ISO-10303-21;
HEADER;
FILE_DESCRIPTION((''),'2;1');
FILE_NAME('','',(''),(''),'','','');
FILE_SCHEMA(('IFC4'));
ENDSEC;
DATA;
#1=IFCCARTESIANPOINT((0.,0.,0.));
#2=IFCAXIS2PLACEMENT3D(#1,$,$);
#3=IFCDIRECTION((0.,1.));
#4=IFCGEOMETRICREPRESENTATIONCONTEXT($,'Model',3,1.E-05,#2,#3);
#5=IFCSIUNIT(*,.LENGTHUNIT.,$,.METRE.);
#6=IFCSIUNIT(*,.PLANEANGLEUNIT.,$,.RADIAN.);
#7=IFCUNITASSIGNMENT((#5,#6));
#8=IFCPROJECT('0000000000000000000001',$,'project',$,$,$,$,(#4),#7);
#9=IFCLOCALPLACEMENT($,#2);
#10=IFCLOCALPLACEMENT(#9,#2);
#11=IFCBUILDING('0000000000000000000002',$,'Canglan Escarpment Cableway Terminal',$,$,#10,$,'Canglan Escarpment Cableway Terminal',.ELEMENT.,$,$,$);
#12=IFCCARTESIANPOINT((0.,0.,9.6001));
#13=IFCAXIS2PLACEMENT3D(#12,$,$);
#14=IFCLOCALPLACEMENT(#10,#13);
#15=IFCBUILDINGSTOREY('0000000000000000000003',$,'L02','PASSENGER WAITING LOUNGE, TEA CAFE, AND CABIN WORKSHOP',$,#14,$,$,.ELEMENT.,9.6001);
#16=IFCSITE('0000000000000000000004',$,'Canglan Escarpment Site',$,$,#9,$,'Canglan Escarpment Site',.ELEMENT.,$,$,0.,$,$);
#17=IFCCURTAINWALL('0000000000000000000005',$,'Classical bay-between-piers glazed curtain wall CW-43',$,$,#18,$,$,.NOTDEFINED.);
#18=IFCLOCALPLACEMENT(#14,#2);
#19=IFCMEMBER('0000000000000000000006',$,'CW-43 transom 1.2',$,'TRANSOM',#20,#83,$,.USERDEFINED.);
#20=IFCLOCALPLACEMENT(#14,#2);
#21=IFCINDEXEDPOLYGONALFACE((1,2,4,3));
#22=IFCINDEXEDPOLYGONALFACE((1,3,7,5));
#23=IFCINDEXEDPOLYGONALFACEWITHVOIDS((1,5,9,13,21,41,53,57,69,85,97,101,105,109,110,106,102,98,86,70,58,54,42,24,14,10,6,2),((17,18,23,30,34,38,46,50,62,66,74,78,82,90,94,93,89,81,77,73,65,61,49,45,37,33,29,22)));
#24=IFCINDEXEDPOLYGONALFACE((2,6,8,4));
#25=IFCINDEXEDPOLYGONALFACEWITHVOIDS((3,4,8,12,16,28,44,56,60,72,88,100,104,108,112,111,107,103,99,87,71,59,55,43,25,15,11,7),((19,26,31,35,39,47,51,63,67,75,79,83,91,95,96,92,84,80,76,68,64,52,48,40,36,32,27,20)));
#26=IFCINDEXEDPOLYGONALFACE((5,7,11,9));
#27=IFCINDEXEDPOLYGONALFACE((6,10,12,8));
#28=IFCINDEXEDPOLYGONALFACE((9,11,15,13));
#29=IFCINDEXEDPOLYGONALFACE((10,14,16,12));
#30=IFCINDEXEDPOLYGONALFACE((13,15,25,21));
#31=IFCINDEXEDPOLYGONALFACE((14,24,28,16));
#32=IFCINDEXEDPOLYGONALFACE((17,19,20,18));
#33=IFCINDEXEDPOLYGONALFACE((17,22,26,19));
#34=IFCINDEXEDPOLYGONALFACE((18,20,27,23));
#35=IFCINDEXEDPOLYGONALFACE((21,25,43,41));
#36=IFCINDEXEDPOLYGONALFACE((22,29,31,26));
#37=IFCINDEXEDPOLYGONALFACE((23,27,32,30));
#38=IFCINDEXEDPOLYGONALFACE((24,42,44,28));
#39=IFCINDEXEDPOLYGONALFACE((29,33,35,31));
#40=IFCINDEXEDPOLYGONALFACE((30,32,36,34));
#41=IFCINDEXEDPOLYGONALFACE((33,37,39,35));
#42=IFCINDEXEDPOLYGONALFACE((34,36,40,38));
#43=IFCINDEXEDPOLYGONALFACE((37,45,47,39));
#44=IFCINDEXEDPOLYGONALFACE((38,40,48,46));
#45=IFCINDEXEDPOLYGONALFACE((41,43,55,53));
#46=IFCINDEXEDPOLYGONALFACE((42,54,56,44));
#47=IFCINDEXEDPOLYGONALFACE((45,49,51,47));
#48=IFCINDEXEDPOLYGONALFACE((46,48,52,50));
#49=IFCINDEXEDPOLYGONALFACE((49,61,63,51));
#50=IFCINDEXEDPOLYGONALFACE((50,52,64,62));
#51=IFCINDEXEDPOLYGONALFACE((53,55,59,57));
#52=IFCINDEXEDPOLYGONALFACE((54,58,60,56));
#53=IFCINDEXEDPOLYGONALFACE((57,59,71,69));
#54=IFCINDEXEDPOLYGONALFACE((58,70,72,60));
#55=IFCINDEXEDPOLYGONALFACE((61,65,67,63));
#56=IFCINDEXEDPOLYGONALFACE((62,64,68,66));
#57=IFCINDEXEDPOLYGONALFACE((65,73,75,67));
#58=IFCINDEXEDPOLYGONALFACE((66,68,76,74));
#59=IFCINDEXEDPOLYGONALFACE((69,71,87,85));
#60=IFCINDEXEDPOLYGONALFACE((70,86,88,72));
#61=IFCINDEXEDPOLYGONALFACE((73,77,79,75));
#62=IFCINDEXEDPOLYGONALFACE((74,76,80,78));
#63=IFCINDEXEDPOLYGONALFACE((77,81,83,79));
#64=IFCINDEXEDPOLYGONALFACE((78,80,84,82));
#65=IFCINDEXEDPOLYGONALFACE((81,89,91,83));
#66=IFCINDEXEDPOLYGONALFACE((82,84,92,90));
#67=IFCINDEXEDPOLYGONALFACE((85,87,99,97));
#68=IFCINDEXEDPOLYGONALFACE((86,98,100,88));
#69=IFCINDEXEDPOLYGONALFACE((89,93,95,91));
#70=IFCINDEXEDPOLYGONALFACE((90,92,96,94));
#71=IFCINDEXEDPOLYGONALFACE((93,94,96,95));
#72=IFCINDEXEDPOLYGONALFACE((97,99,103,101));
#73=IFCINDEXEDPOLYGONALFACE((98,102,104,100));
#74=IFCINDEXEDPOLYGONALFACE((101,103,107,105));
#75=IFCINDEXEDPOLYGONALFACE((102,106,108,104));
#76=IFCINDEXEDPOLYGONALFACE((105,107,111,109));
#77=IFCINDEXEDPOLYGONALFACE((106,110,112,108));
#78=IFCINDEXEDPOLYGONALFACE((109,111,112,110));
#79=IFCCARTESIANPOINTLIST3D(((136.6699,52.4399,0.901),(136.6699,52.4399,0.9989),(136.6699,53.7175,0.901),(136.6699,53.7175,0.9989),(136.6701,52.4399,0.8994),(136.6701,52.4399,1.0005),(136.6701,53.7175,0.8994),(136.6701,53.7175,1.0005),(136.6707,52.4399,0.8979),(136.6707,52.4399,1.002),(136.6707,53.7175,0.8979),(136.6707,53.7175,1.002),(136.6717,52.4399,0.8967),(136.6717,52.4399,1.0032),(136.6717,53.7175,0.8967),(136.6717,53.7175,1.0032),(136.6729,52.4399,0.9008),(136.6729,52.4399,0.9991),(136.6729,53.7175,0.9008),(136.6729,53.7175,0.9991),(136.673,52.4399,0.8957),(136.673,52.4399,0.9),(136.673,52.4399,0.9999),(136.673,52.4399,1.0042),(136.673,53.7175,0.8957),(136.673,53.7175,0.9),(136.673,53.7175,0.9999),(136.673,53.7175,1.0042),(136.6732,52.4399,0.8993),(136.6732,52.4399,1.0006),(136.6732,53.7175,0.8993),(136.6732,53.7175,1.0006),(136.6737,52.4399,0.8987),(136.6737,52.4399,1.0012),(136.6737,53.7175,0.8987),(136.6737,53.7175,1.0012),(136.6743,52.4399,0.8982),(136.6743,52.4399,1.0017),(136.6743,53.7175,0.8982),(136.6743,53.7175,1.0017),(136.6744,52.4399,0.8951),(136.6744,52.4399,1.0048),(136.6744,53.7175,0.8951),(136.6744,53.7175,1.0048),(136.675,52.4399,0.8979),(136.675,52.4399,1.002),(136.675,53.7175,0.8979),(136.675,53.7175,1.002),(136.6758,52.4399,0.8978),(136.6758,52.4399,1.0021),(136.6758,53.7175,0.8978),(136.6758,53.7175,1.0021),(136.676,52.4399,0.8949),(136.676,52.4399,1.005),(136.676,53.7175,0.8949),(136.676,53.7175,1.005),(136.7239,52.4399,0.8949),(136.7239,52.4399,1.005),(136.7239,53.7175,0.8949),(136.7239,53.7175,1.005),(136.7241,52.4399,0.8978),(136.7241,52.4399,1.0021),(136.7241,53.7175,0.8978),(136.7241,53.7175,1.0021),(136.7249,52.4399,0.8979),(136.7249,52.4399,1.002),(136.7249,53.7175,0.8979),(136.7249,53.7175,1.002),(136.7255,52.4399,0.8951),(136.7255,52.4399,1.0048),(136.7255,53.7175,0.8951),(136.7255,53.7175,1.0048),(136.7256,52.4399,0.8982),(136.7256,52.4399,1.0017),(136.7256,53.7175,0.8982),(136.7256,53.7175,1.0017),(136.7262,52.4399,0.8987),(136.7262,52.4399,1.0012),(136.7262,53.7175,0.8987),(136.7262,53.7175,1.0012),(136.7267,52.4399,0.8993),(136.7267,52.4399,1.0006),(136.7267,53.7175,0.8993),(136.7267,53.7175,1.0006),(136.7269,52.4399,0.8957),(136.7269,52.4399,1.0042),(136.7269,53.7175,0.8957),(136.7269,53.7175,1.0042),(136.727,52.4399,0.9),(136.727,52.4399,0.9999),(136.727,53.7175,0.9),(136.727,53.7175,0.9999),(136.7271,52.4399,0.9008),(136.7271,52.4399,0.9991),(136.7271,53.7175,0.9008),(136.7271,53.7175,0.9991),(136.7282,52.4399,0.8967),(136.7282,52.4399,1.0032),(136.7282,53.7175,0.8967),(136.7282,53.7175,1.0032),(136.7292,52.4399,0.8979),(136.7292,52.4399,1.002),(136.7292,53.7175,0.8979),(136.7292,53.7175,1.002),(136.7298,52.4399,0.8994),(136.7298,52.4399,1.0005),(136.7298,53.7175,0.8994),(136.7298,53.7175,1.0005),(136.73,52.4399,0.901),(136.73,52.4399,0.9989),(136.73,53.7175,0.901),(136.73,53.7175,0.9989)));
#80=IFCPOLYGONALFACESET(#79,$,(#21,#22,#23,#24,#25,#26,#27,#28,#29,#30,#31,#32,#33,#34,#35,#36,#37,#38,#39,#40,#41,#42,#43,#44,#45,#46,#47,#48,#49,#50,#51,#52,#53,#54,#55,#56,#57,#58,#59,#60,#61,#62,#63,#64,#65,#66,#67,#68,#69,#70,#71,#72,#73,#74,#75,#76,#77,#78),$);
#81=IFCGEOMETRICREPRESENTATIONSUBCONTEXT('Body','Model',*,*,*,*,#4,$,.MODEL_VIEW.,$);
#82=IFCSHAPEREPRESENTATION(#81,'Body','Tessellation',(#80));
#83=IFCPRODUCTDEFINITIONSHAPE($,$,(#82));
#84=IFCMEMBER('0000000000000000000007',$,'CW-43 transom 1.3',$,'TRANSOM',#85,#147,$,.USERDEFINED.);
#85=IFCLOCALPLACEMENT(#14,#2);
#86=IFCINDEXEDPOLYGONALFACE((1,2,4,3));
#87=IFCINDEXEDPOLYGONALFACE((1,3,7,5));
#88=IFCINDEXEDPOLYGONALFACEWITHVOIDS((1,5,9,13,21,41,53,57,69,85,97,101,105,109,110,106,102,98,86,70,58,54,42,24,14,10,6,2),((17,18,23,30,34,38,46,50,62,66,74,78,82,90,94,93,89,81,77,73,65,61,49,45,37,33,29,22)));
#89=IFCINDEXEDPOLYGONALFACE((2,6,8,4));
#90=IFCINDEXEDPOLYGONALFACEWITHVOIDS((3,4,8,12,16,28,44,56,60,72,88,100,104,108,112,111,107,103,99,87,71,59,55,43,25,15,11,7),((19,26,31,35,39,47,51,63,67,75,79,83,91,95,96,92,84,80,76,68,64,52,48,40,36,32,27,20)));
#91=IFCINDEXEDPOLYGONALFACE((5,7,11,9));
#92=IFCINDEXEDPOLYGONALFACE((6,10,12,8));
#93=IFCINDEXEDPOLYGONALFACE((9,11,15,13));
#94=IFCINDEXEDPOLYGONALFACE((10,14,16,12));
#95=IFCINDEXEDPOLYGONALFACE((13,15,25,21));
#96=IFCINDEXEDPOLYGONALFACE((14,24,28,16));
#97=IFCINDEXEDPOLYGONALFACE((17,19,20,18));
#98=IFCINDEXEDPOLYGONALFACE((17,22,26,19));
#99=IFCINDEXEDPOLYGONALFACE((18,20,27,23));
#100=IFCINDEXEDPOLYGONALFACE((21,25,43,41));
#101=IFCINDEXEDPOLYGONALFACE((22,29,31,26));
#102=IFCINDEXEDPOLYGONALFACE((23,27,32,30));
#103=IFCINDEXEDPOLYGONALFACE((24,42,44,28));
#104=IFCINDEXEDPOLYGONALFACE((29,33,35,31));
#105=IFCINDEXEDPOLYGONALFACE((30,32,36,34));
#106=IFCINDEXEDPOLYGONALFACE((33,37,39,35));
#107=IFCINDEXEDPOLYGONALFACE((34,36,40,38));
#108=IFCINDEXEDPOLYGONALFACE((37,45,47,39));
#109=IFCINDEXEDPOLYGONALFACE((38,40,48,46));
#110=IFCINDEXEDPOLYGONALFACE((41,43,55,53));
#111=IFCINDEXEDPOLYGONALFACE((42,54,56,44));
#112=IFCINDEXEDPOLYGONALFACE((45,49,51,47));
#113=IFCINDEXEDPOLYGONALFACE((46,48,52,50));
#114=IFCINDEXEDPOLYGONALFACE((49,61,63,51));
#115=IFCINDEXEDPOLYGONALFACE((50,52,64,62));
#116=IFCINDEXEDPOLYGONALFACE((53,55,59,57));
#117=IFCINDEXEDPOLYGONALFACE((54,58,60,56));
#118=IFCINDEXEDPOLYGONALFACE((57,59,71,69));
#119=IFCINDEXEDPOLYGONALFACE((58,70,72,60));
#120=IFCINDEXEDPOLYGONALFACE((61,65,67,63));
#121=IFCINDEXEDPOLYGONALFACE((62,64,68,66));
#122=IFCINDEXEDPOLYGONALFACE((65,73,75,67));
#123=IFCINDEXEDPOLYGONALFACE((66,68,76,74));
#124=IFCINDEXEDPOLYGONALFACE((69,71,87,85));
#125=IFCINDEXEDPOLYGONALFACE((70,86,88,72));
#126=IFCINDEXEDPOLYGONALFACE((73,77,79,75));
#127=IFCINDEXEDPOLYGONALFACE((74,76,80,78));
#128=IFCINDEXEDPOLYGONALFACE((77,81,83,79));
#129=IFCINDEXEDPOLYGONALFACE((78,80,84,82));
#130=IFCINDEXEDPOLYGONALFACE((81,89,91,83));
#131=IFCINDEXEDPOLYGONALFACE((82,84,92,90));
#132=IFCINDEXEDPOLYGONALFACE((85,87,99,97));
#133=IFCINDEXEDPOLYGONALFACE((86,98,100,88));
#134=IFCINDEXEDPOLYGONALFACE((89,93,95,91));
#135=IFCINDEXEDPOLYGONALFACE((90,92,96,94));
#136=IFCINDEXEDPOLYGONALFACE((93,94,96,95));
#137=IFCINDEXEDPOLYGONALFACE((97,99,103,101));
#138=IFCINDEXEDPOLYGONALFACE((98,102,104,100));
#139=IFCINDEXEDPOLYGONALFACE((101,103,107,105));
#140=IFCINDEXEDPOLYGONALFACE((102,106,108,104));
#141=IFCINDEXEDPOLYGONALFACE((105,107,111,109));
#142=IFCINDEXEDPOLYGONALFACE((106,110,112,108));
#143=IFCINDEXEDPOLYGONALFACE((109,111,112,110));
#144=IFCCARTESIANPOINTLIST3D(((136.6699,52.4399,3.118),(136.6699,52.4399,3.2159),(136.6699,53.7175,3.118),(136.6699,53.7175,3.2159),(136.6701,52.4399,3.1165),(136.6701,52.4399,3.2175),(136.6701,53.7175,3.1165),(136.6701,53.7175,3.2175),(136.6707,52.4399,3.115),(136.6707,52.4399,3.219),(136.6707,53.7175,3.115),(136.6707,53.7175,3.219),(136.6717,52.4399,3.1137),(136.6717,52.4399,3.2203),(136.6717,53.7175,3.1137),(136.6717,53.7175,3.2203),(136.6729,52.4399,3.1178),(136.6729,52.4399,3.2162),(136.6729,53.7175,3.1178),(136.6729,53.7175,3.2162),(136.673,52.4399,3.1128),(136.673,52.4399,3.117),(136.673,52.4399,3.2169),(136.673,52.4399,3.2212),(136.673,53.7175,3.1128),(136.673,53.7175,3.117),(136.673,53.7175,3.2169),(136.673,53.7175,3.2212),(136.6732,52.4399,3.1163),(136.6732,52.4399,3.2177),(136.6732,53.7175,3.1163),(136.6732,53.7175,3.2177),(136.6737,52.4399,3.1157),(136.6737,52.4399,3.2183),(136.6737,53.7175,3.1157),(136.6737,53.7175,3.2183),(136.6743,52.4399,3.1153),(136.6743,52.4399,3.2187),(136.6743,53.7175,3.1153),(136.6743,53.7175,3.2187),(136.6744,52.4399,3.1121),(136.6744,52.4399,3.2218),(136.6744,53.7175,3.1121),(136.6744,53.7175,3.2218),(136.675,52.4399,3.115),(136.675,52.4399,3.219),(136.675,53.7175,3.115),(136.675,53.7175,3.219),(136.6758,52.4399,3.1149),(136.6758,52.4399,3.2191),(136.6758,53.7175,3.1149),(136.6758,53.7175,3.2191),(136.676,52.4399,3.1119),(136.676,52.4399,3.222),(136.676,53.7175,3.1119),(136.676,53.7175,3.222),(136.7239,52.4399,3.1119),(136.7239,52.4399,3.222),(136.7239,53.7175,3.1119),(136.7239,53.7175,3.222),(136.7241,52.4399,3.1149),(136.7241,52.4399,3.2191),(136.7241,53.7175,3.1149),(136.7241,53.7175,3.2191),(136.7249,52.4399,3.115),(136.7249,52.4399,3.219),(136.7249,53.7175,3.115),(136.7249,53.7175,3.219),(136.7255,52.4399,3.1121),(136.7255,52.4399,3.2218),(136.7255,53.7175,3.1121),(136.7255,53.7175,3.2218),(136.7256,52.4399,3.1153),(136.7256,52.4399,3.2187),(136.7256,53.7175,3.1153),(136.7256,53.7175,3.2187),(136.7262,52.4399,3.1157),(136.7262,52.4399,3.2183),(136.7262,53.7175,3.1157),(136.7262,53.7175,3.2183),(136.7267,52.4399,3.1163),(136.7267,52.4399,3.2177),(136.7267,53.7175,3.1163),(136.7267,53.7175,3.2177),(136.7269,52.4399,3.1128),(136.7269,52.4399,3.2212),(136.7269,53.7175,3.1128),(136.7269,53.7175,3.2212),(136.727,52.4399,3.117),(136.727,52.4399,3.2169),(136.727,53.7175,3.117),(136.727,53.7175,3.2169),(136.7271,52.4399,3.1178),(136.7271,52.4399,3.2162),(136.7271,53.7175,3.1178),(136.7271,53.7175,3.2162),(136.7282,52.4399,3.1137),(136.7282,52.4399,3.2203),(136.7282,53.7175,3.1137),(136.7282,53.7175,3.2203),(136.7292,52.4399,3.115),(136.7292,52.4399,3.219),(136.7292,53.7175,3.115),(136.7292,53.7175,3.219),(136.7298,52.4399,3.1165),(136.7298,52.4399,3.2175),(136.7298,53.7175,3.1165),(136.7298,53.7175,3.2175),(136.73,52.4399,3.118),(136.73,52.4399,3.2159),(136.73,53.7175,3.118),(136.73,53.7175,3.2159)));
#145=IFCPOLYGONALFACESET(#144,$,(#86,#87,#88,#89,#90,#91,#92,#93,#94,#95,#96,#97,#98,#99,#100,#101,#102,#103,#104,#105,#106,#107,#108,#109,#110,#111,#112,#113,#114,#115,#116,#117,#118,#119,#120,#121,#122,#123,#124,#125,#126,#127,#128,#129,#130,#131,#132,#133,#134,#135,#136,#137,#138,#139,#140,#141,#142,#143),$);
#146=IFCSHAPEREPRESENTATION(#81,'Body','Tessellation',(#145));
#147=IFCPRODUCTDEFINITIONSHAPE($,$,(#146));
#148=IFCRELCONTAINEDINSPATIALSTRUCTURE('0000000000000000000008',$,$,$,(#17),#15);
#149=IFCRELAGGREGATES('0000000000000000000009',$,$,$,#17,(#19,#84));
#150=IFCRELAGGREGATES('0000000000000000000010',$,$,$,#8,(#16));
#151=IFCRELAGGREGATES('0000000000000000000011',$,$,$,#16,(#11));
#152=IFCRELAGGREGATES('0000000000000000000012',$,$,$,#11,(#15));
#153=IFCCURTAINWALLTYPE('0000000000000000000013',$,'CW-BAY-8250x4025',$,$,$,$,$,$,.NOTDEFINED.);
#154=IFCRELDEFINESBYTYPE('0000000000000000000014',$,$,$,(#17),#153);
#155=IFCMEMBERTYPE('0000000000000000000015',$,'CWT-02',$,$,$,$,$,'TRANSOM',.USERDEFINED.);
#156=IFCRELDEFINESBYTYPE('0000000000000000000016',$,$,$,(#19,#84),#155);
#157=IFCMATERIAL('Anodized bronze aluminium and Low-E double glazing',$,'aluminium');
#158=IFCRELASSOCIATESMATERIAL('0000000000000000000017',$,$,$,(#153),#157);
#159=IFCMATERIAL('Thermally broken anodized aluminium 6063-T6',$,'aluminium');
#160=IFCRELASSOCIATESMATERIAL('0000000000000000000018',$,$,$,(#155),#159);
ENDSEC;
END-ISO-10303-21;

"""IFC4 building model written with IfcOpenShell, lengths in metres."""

from ifc_helpers import new_model, si_unit, direction, frame, origin, origin_2d, place, context, subcontext, project, spatial, hollow_rectangle, extrude, material, material_profile, profile_set, type_object, element, aggregate, save


model = new_model("IFC4")

# Units and contexts
model_context = context("Model", 3, precision=1e-05, world=origin(), true_north=direction((0.0, 1.0)))
body_context = subcontext(model_context, "Body", "Model", "MODEL_VIEW")
ifc_project = project(units=[si_unit("LENGTHUNIT", "METRE"), si_unit("PLANEANGLEUNIT", "RADIAN")], contexts=[model_context])

# Site, building, storey
site_placement = place(None, origin())
site = spatial("IfcSite", under=ifc_project, at=site_placement, Name="Canglan Escarpment Site", LongName="Canglan Escarpment Site", CompositionType="ELEMENT", RefElevation=0.0)
building_placement = place(site_placement, origin())
building = spatial("IfcBuilding", under=site, at=building_placement, Name="Canglan Escarpment Cableway Terminal", LongName="Canglan Escarpment Cableway Terminal", CompositionType="ELEMENT")
storey_placement = place(building_placement, frame((0.0, 0.0, 9.6001)))
storey = spatial("IfcBuildingStorey", under=building, at=storey_placement, Name="L02", Description="PASSENGER WAITING LOUNGE, TEA CAFE, AND CABIN WORKSHOP", CompositionType="ELEMENT", Elevation=9.6001)

# Curtain wall, members
ifc_material_1 = material(Name="Anodized bronze aluminium and Low-E double glazing", Category="aluminium")
curtain_wall_type = type_object("IfcCurtainWallType", Name="CW-BAY-8250x4025", PredefinedType="NOTDEFINED", material=ifc_material_1)
curtain_wall_placement = place(storey_placement, origin())
curtain_wall = element("IfcCurtainWall", 1, at=curtain_wall_placement, inside=storey, type_object=curtain_wall_type, Name="Classical bay-between-piers glazed curtain wall CW-43", PredefinedType="NOTDEFINED")
ifc_material_2 = material(Name="Thermally broken anodized aluminium 6063-T6", Category="aluminium")
ifc_material_profile_1 = material_profile(ifc_material_2, hollow_rectangle(XDim=0.0601, YDim=0.1101, WallThickness=0.0029, InnerFilletRadius=0.0029, OuterFilletRadius=0.0061, at=origin_2d()), Name="ALU-TRAN 60x110x3")
ifc_profile_set_1 = profile_set([ifc_material_profile_1], Name="Thermally broken anodized aluminium 6063-T6")
member_type_1 = type_object("IfcMemberType", Name="CWT-02", ElementType="TRANSOM", PredefinedType="USERDEFINED", material=ifc_profile_set_1)
member_1_placement = place(storey_placement, frame((136.7, 52.4399, 0.95), z_axis=(0.0, 1.0, 0.0), x_axis=(-1.0, 0.0, 0.0)))
member_1 = element("IfcMember", 2, at=member_1_placement, type_object=member_type_1, Name="CW-43 transom 1.2", ObjectType="TRANSOM", PredefinedType="USERDEFINED", context=body_context, shape_type="SweptSolid", body=[
    extrude(hollow_rectangle(XDim=0.0601, YDim=0.1101, WallThickness=0.0029, InnerFilletRadius=0.0029, OuterFilletRadius=0.0061, at=origin_2d()), origin(), (0.0, 0.0, 1.0), 1.2776),
])
member_2_placement = place(storey_placement, frame((136.7, 52.4399, 3.167), z_axis=(0.0, 1.0, 0.0), x_axis=(-1.0, 0.0, 0.0)))
member_2 = element("IfcMember", 3, at=member_2_placement, type_object=member_type_1, Name="CW-43 transom 1.3", ObjectType="TRANSOM", PredefinedType="USERDEFINED", context=body_context, shape_type="SweptSolid", body=[
    extrude(hollow_rectangle(XDim=0.0601, YDim=0.1101, WallThickness=0.0029, InnerFilletRadius=0.0029, OuterFilletRadius=0.0061, at=origin_2d()), origin(), (0.0, 0.0, 1.0), 1.2776),
])
aggregate(curtain_wall, [member_1, member_2])

save(model, "model.ifc")
